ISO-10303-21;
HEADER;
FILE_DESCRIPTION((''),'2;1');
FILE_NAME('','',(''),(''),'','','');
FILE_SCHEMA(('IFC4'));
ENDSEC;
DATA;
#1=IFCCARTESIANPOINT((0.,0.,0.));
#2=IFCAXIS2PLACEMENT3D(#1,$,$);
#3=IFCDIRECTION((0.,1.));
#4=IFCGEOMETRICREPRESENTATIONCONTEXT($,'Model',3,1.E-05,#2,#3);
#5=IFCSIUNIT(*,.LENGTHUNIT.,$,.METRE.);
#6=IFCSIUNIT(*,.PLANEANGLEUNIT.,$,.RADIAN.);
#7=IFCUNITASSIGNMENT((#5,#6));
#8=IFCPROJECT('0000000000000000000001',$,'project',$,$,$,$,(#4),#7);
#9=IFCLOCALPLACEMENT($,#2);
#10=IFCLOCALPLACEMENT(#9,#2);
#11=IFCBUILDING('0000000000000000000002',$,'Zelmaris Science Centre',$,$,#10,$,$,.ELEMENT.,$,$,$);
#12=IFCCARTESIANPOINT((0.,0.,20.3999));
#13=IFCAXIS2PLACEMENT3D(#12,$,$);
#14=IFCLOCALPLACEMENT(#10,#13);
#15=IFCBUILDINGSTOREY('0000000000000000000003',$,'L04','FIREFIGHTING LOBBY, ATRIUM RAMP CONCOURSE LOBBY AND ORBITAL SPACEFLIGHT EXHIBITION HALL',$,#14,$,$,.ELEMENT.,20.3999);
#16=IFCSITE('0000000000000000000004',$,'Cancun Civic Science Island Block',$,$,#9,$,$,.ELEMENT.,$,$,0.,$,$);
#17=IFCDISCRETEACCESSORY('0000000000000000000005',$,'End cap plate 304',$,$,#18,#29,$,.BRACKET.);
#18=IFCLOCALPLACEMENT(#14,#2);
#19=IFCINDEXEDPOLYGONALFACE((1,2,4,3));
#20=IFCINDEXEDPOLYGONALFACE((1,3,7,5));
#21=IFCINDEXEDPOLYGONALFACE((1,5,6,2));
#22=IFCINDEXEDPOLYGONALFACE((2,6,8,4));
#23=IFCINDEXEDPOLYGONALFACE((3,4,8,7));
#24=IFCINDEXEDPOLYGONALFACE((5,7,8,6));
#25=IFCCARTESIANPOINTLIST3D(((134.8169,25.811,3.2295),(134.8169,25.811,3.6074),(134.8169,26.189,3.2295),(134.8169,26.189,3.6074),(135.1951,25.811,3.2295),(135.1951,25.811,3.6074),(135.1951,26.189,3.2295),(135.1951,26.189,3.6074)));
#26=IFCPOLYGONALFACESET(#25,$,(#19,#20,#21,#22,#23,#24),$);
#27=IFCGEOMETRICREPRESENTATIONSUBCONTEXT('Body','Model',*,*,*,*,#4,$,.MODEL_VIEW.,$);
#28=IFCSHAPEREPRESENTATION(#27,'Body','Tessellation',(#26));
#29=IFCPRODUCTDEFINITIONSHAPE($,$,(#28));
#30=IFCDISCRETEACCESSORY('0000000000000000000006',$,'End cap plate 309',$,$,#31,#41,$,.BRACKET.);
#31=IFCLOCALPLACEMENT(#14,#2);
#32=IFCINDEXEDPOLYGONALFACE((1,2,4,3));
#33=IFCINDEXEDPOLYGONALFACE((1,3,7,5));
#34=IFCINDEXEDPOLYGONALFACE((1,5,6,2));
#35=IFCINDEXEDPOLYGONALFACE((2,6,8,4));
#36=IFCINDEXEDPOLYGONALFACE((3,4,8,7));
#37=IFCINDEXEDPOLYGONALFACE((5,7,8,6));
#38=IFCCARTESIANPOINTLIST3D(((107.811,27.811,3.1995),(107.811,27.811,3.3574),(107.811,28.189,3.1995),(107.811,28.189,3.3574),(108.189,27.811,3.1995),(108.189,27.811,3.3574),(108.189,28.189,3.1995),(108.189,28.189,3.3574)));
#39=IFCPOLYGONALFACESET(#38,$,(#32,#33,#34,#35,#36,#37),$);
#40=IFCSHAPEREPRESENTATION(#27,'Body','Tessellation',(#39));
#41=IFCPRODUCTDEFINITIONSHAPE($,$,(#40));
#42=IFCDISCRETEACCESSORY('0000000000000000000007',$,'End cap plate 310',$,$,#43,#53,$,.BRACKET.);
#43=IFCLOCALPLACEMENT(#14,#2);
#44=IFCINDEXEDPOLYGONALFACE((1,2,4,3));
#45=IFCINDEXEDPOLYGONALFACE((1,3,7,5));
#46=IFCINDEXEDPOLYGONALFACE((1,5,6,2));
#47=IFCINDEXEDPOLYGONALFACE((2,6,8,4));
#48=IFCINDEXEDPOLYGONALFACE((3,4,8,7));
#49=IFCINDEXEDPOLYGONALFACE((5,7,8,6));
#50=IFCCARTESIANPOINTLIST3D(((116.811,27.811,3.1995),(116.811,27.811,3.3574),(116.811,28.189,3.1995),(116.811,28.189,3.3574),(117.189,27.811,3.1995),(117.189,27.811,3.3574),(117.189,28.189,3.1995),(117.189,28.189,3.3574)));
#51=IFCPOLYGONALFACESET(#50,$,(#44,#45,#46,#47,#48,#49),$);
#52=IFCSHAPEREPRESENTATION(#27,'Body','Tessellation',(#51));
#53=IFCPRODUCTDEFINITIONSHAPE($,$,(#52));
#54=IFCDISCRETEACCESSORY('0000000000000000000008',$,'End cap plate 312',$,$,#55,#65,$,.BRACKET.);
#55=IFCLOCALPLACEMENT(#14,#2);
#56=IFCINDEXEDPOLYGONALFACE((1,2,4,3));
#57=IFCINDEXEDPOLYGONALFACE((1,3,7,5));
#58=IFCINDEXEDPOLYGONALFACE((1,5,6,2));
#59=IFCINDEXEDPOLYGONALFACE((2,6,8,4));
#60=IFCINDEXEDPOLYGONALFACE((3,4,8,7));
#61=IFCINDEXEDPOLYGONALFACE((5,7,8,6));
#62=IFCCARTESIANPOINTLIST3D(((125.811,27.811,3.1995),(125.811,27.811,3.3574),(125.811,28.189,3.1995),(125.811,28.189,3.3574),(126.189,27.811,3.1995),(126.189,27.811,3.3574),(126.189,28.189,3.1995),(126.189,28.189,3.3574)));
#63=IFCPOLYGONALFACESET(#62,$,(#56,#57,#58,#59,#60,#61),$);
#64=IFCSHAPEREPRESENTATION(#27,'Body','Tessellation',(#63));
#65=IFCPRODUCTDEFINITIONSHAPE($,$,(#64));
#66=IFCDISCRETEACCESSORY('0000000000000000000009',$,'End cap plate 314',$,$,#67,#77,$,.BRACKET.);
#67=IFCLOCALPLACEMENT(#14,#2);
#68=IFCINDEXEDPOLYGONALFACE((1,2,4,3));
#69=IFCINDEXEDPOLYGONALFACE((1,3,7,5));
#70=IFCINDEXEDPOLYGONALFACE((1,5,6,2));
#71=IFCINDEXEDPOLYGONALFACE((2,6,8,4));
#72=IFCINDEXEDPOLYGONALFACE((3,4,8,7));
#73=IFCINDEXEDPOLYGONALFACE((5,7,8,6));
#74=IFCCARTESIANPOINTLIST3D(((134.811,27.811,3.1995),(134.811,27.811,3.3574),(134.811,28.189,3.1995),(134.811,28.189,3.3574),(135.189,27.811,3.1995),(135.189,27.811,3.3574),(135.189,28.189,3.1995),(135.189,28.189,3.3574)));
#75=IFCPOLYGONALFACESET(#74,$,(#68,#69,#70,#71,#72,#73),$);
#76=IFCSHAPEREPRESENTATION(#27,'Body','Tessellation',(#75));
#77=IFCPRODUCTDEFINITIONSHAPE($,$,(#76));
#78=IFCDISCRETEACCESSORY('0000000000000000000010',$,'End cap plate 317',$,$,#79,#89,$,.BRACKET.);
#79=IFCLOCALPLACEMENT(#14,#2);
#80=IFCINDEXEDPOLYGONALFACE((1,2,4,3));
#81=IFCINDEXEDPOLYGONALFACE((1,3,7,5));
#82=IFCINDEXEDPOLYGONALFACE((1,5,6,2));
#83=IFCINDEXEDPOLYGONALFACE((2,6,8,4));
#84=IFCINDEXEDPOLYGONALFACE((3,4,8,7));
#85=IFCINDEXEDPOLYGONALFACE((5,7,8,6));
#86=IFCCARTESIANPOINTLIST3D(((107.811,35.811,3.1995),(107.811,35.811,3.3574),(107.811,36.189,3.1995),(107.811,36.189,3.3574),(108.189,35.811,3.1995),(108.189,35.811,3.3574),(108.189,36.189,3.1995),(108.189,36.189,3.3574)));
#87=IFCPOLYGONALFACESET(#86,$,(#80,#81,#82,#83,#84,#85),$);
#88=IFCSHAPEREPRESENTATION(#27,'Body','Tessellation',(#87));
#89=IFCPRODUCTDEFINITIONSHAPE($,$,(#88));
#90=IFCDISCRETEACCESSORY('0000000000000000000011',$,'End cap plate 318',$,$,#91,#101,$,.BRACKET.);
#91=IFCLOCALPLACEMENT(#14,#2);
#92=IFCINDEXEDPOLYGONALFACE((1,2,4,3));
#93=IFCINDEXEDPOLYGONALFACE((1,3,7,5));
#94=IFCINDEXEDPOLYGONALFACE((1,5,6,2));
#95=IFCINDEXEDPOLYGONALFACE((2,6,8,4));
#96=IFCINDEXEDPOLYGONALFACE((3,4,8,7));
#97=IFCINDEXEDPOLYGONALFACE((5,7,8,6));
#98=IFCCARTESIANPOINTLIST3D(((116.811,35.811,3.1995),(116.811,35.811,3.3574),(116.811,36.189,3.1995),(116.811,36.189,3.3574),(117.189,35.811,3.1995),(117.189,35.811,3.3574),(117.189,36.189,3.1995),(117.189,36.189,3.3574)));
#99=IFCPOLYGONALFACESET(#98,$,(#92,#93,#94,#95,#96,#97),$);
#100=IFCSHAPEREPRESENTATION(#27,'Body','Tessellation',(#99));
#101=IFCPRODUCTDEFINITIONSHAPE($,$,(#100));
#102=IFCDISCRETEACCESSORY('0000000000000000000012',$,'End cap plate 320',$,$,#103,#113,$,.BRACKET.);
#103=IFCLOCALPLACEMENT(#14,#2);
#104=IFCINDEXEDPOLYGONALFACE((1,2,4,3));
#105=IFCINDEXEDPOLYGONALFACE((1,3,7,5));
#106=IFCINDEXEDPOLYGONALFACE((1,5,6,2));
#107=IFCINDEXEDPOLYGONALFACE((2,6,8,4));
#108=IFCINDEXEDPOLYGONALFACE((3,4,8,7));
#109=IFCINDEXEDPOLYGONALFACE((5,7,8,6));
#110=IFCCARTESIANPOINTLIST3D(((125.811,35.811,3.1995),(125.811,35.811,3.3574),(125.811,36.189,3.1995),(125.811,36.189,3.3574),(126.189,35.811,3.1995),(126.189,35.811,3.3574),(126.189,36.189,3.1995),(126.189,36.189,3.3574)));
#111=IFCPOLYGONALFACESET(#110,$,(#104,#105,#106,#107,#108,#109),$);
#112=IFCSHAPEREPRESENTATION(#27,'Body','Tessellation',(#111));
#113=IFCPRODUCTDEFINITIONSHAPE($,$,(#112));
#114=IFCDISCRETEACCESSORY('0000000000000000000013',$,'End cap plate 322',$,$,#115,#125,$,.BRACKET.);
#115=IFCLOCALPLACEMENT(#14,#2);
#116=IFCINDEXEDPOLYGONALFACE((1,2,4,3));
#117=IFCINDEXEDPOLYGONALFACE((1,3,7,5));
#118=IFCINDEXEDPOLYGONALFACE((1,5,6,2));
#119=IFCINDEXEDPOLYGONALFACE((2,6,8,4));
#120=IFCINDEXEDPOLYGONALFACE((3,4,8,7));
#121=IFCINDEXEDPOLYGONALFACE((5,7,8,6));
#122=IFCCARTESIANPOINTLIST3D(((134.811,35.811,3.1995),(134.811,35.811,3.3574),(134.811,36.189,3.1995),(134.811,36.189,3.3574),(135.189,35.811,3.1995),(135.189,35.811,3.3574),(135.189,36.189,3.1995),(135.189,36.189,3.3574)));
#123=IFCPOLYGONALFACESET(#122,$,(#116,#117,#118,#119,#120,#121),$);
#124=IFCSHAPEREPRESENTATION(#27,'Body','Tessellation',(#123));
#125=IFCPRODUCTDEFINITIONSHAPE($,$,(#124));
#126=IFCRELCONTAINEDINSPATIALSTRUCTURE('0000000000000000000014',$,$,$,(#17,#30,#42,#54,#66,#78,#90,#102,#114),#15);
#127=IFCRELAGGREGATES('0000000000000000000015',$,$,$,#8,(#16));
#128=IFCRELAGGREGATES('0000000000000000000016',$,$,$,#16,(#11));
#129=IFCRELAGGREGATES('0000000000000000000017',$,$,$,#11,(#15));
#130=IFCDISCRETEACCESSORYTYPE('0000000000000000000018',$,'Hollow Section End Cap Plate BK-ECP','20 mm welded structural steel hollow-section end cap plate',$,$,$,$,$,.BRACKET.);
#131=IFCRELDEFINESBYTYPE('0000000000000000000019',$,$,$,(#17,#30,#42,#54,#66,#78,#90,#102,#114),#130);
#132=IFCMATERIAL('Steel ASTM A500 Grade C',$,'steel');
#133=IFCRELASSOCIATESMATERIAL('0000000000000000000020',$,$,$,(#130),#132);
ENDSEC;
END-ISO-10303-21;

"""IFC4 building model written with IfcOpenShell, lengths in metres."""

from ifc_helpers import new_model, si_unit, direction, frame, origin, place, context, subcontext, project, spatial, polyline, outline, extrude, material, type_object, element, save


model = new_model("IFC4")

# Units and contexts
model_context = context("Model", 3, precision=1e-05, world=origin(), true_north=direction((0.0, 1.0)))
body_context = subcontext(model_context, "Body", "Model", "MODEL_VIEW")
ifc_project = project(units=[si_unit("LENGTHUNIT", "METRE"), si_unit("PLANEANGLEUNIT", "RADIAN")], contexts=[model_context])

# Site, building, storey
site_placement = place(None, origin())
site = spatial("IfcSite", under=ifc_project, at=site_placement, Name="Cancun Civic Science Island Block", CompositionType="ELEMENT", RefElevation=0.0)
building_placement = place(site_placement, origin())
building = spatial("IfcBuilding", under=site, at=building_placement, Name="Zelmaris Science Centre", CompositionType="ELEMENT")
storey_placement = place(building_placement, frame((0.0, 0.0, 20.3999)))
storey = spatial("IfcBuildingStorey", under=building, at=storey_placement, Name="L04", Description="FIREFIGHTING LOBBY, ATRIUM RAMP CONCOURSE LOBBY AND ORBITAL SPACEFLIGHT EXHIBITION HALL", CompositionType="ELEMENT", Elevation=20.3999)

# Discrete accessories
ifc_material_1 = material(Name="Steel ASTM A500 Grade C", Category="steel")
discrete_accessory_type = type_object("IfcDiscreteAccessoryType", Name="Hollow Section End Cap Plate BK-ECP", Description="20 mm welded structural steel hollow-section end cap plate", PredefinedType="BRACKET", material=ifc_material_1)
discrete_accessory_1_placement = place(storey_placement, frame((0.0, 0.0, 3.2295)))
element("IfcDiscreteAccessory", 1, at=discrete_accessory_1_placement, inside=storey, type_object=discrete_accessory_type, Name="End cap plate 304", PredefinedType="BRACKET", context=body_context, shape_type="SweptSolid", body=[
    extrude(outline(polyline([(134.8169, 25.811), (135.1951, 25.811), (135.1951, 26.189), (134.8169, 26.189), (134.8169, 25.811)])), origin(), (0.0, 0.0, 1.0), 0.3779),
])
discrete_accessory_2_placement = place(storey_placement, frame((0.0, 0.0, 3.1995)))
element("IfcDiscreteAccessory", 2, at=discrete_accessory_2_placement, inside=storey, type_object=discrete_accessory_type, Name="End cap plate 309", PredefinedType="BRACKET", context=body_context, shape_type="SweptSolid", body=[
    extrude(outline(polyline([(107.811, 27.811), (108.189, 27.811), (108.189, 28.189), (107.811, 28.189), (107.811, 27.811)])), origin(), (0.0, 0.0, 1.0), 0.158),
])
discrete_accessory_3_placement = place(storey_placement, frame((0.0, 0.0, 3.1995)))
element("IfcDiscreteAccessory", 3, at=discrete_accessory_3_placement, inside=storey, type_object=discrete_accessory_type, Name="End cap plate 310", PredefinedType="BRACKET", context=body_context, shape_type="SweptSolid", body=[
    extrude(outline(polyline([(116.811, 27.811), (117.189, 27.811), (117.189, 28.189), (116.811, 28.189), (116.811, 27.811)])), origin(), (0.0, 0.0, 1.0), 0.158),
])
discrete_accessory_4_placement = place(storey_placement, frame((0.0, 0.0, 3.1995)))
element("IfcDiscreteAccessory", 4, at=discrete_accessory_4_placement, inside=storey, type_object=discrete_accessory_type, Name="End cap plate 312", PredefinedType="BRACKET", context=body_context, shape_type="SweptSolid", body=[
    extrude(outline(polyline([(125.811, 27.811), (126.189, 27.811), (126.189, 28.189), (125.811, 28.189), (125.811, 27.811)])), origin(), (0.0, 0.0, 1.0), 0.158),
])
discrete_accessory_5_placement = place(storey_placement, frame((0.0, 0.0, 3.1995)))
element("IfcDiscreteAccessory", 5, at=discrete_accessory_5_placement, inside=storey, type_object=discrete_accessory_type, Name="End cap plate 314", PredefinedType="BRACKET", context=body_context, shape_type="SweptSolid", body=[
    extrude(outline(polyline([(134.811, 27.811), (135.189, 27.811), (135.189, 28.189), (134.811, 28.189), (134.811, 27.811)])), origin(), (0.0, 0.0, 1.0), 0.158),
])
discrete_accessory_6_placement = place(storey_placement, frame((0.0, 0.0, 3.1995)))
element("IfcDiscreteAccessory", 6, at=discrete_accessory_6_placement, inside=storey, type_object=discrete_accessory_type, Name="End cap plate 317", PredefinedType="BRACKET", context=body_context, shape_type="SweptSolid", body=[
    extrude(outline(polyline([(107.811, 35.811), (108.189, 35.811), (108.189, 36.189), (107.811, 36.189), (107.811, 35.811)])), origin(), (0.0, 0.0, 1.0), 0.158),
])
discrete_accessory_7_placement = place(storey_placement, frame((0.0, 0.0, 3.1995)))
element("IfcDiscreteAccessory", 7, at=discrete_accessory_7_placement, inside=storey, type_object=discrete_accessory_type, Name="End cap plate 318", PredefinedType="BRACKET", context=body_context, shape_type="SweptSolid", body=[
    extrude(outline(polyline([(116.811, 35.811), (117.189, 35.811), (117.189, 36.189), (116.811, 36.189), (116.811, 35.811)])), origin(), (0.0, 0.0, 1.0), 0.158),
])
discrete_accessory_8_placement = place(storey_placement, frame((0.0, 0.0, 3.1995)))
element("IfcDiscreteAccessory", 8, at=discrete_accessory_8_placement, inside=storey, type_object=discrete_accessory_type, Name="End cap plate 320", PredefinedType="BRACKET", context=body_context, shape_type="SweptSolid", body=[
    extrude(outline(polyline([(125.811, 35.811), (126.189, 35.811), (126.189, 36.189), (125.811, 36.189), (125.811, 35.811)])), origin(), (0.0, 0.0, 1.0), 0.158),
])
discrete_accessory_9_placement = place(storey_placement, frame((0.0, 0.0, 3.1995)))
element("IfcDiscreteAccessory", 9, at=discrete_accessory_9_placement, inside=storey, type_object=discrete_accessory_type, Name="End cap plate 322", PredefinedType="BRACKET", context=body_context, shape_type="SweptSolid", body=[
    extrude(outline(polyline([(134.811, 35.811), (135.189, 35.811), (135.189, 36.189), (134.811, 36.189), (134.811, 35.811)])), origin(), (0.0, 0.0, 1.0), 0.158),
])

save(model, "model.ifc")
